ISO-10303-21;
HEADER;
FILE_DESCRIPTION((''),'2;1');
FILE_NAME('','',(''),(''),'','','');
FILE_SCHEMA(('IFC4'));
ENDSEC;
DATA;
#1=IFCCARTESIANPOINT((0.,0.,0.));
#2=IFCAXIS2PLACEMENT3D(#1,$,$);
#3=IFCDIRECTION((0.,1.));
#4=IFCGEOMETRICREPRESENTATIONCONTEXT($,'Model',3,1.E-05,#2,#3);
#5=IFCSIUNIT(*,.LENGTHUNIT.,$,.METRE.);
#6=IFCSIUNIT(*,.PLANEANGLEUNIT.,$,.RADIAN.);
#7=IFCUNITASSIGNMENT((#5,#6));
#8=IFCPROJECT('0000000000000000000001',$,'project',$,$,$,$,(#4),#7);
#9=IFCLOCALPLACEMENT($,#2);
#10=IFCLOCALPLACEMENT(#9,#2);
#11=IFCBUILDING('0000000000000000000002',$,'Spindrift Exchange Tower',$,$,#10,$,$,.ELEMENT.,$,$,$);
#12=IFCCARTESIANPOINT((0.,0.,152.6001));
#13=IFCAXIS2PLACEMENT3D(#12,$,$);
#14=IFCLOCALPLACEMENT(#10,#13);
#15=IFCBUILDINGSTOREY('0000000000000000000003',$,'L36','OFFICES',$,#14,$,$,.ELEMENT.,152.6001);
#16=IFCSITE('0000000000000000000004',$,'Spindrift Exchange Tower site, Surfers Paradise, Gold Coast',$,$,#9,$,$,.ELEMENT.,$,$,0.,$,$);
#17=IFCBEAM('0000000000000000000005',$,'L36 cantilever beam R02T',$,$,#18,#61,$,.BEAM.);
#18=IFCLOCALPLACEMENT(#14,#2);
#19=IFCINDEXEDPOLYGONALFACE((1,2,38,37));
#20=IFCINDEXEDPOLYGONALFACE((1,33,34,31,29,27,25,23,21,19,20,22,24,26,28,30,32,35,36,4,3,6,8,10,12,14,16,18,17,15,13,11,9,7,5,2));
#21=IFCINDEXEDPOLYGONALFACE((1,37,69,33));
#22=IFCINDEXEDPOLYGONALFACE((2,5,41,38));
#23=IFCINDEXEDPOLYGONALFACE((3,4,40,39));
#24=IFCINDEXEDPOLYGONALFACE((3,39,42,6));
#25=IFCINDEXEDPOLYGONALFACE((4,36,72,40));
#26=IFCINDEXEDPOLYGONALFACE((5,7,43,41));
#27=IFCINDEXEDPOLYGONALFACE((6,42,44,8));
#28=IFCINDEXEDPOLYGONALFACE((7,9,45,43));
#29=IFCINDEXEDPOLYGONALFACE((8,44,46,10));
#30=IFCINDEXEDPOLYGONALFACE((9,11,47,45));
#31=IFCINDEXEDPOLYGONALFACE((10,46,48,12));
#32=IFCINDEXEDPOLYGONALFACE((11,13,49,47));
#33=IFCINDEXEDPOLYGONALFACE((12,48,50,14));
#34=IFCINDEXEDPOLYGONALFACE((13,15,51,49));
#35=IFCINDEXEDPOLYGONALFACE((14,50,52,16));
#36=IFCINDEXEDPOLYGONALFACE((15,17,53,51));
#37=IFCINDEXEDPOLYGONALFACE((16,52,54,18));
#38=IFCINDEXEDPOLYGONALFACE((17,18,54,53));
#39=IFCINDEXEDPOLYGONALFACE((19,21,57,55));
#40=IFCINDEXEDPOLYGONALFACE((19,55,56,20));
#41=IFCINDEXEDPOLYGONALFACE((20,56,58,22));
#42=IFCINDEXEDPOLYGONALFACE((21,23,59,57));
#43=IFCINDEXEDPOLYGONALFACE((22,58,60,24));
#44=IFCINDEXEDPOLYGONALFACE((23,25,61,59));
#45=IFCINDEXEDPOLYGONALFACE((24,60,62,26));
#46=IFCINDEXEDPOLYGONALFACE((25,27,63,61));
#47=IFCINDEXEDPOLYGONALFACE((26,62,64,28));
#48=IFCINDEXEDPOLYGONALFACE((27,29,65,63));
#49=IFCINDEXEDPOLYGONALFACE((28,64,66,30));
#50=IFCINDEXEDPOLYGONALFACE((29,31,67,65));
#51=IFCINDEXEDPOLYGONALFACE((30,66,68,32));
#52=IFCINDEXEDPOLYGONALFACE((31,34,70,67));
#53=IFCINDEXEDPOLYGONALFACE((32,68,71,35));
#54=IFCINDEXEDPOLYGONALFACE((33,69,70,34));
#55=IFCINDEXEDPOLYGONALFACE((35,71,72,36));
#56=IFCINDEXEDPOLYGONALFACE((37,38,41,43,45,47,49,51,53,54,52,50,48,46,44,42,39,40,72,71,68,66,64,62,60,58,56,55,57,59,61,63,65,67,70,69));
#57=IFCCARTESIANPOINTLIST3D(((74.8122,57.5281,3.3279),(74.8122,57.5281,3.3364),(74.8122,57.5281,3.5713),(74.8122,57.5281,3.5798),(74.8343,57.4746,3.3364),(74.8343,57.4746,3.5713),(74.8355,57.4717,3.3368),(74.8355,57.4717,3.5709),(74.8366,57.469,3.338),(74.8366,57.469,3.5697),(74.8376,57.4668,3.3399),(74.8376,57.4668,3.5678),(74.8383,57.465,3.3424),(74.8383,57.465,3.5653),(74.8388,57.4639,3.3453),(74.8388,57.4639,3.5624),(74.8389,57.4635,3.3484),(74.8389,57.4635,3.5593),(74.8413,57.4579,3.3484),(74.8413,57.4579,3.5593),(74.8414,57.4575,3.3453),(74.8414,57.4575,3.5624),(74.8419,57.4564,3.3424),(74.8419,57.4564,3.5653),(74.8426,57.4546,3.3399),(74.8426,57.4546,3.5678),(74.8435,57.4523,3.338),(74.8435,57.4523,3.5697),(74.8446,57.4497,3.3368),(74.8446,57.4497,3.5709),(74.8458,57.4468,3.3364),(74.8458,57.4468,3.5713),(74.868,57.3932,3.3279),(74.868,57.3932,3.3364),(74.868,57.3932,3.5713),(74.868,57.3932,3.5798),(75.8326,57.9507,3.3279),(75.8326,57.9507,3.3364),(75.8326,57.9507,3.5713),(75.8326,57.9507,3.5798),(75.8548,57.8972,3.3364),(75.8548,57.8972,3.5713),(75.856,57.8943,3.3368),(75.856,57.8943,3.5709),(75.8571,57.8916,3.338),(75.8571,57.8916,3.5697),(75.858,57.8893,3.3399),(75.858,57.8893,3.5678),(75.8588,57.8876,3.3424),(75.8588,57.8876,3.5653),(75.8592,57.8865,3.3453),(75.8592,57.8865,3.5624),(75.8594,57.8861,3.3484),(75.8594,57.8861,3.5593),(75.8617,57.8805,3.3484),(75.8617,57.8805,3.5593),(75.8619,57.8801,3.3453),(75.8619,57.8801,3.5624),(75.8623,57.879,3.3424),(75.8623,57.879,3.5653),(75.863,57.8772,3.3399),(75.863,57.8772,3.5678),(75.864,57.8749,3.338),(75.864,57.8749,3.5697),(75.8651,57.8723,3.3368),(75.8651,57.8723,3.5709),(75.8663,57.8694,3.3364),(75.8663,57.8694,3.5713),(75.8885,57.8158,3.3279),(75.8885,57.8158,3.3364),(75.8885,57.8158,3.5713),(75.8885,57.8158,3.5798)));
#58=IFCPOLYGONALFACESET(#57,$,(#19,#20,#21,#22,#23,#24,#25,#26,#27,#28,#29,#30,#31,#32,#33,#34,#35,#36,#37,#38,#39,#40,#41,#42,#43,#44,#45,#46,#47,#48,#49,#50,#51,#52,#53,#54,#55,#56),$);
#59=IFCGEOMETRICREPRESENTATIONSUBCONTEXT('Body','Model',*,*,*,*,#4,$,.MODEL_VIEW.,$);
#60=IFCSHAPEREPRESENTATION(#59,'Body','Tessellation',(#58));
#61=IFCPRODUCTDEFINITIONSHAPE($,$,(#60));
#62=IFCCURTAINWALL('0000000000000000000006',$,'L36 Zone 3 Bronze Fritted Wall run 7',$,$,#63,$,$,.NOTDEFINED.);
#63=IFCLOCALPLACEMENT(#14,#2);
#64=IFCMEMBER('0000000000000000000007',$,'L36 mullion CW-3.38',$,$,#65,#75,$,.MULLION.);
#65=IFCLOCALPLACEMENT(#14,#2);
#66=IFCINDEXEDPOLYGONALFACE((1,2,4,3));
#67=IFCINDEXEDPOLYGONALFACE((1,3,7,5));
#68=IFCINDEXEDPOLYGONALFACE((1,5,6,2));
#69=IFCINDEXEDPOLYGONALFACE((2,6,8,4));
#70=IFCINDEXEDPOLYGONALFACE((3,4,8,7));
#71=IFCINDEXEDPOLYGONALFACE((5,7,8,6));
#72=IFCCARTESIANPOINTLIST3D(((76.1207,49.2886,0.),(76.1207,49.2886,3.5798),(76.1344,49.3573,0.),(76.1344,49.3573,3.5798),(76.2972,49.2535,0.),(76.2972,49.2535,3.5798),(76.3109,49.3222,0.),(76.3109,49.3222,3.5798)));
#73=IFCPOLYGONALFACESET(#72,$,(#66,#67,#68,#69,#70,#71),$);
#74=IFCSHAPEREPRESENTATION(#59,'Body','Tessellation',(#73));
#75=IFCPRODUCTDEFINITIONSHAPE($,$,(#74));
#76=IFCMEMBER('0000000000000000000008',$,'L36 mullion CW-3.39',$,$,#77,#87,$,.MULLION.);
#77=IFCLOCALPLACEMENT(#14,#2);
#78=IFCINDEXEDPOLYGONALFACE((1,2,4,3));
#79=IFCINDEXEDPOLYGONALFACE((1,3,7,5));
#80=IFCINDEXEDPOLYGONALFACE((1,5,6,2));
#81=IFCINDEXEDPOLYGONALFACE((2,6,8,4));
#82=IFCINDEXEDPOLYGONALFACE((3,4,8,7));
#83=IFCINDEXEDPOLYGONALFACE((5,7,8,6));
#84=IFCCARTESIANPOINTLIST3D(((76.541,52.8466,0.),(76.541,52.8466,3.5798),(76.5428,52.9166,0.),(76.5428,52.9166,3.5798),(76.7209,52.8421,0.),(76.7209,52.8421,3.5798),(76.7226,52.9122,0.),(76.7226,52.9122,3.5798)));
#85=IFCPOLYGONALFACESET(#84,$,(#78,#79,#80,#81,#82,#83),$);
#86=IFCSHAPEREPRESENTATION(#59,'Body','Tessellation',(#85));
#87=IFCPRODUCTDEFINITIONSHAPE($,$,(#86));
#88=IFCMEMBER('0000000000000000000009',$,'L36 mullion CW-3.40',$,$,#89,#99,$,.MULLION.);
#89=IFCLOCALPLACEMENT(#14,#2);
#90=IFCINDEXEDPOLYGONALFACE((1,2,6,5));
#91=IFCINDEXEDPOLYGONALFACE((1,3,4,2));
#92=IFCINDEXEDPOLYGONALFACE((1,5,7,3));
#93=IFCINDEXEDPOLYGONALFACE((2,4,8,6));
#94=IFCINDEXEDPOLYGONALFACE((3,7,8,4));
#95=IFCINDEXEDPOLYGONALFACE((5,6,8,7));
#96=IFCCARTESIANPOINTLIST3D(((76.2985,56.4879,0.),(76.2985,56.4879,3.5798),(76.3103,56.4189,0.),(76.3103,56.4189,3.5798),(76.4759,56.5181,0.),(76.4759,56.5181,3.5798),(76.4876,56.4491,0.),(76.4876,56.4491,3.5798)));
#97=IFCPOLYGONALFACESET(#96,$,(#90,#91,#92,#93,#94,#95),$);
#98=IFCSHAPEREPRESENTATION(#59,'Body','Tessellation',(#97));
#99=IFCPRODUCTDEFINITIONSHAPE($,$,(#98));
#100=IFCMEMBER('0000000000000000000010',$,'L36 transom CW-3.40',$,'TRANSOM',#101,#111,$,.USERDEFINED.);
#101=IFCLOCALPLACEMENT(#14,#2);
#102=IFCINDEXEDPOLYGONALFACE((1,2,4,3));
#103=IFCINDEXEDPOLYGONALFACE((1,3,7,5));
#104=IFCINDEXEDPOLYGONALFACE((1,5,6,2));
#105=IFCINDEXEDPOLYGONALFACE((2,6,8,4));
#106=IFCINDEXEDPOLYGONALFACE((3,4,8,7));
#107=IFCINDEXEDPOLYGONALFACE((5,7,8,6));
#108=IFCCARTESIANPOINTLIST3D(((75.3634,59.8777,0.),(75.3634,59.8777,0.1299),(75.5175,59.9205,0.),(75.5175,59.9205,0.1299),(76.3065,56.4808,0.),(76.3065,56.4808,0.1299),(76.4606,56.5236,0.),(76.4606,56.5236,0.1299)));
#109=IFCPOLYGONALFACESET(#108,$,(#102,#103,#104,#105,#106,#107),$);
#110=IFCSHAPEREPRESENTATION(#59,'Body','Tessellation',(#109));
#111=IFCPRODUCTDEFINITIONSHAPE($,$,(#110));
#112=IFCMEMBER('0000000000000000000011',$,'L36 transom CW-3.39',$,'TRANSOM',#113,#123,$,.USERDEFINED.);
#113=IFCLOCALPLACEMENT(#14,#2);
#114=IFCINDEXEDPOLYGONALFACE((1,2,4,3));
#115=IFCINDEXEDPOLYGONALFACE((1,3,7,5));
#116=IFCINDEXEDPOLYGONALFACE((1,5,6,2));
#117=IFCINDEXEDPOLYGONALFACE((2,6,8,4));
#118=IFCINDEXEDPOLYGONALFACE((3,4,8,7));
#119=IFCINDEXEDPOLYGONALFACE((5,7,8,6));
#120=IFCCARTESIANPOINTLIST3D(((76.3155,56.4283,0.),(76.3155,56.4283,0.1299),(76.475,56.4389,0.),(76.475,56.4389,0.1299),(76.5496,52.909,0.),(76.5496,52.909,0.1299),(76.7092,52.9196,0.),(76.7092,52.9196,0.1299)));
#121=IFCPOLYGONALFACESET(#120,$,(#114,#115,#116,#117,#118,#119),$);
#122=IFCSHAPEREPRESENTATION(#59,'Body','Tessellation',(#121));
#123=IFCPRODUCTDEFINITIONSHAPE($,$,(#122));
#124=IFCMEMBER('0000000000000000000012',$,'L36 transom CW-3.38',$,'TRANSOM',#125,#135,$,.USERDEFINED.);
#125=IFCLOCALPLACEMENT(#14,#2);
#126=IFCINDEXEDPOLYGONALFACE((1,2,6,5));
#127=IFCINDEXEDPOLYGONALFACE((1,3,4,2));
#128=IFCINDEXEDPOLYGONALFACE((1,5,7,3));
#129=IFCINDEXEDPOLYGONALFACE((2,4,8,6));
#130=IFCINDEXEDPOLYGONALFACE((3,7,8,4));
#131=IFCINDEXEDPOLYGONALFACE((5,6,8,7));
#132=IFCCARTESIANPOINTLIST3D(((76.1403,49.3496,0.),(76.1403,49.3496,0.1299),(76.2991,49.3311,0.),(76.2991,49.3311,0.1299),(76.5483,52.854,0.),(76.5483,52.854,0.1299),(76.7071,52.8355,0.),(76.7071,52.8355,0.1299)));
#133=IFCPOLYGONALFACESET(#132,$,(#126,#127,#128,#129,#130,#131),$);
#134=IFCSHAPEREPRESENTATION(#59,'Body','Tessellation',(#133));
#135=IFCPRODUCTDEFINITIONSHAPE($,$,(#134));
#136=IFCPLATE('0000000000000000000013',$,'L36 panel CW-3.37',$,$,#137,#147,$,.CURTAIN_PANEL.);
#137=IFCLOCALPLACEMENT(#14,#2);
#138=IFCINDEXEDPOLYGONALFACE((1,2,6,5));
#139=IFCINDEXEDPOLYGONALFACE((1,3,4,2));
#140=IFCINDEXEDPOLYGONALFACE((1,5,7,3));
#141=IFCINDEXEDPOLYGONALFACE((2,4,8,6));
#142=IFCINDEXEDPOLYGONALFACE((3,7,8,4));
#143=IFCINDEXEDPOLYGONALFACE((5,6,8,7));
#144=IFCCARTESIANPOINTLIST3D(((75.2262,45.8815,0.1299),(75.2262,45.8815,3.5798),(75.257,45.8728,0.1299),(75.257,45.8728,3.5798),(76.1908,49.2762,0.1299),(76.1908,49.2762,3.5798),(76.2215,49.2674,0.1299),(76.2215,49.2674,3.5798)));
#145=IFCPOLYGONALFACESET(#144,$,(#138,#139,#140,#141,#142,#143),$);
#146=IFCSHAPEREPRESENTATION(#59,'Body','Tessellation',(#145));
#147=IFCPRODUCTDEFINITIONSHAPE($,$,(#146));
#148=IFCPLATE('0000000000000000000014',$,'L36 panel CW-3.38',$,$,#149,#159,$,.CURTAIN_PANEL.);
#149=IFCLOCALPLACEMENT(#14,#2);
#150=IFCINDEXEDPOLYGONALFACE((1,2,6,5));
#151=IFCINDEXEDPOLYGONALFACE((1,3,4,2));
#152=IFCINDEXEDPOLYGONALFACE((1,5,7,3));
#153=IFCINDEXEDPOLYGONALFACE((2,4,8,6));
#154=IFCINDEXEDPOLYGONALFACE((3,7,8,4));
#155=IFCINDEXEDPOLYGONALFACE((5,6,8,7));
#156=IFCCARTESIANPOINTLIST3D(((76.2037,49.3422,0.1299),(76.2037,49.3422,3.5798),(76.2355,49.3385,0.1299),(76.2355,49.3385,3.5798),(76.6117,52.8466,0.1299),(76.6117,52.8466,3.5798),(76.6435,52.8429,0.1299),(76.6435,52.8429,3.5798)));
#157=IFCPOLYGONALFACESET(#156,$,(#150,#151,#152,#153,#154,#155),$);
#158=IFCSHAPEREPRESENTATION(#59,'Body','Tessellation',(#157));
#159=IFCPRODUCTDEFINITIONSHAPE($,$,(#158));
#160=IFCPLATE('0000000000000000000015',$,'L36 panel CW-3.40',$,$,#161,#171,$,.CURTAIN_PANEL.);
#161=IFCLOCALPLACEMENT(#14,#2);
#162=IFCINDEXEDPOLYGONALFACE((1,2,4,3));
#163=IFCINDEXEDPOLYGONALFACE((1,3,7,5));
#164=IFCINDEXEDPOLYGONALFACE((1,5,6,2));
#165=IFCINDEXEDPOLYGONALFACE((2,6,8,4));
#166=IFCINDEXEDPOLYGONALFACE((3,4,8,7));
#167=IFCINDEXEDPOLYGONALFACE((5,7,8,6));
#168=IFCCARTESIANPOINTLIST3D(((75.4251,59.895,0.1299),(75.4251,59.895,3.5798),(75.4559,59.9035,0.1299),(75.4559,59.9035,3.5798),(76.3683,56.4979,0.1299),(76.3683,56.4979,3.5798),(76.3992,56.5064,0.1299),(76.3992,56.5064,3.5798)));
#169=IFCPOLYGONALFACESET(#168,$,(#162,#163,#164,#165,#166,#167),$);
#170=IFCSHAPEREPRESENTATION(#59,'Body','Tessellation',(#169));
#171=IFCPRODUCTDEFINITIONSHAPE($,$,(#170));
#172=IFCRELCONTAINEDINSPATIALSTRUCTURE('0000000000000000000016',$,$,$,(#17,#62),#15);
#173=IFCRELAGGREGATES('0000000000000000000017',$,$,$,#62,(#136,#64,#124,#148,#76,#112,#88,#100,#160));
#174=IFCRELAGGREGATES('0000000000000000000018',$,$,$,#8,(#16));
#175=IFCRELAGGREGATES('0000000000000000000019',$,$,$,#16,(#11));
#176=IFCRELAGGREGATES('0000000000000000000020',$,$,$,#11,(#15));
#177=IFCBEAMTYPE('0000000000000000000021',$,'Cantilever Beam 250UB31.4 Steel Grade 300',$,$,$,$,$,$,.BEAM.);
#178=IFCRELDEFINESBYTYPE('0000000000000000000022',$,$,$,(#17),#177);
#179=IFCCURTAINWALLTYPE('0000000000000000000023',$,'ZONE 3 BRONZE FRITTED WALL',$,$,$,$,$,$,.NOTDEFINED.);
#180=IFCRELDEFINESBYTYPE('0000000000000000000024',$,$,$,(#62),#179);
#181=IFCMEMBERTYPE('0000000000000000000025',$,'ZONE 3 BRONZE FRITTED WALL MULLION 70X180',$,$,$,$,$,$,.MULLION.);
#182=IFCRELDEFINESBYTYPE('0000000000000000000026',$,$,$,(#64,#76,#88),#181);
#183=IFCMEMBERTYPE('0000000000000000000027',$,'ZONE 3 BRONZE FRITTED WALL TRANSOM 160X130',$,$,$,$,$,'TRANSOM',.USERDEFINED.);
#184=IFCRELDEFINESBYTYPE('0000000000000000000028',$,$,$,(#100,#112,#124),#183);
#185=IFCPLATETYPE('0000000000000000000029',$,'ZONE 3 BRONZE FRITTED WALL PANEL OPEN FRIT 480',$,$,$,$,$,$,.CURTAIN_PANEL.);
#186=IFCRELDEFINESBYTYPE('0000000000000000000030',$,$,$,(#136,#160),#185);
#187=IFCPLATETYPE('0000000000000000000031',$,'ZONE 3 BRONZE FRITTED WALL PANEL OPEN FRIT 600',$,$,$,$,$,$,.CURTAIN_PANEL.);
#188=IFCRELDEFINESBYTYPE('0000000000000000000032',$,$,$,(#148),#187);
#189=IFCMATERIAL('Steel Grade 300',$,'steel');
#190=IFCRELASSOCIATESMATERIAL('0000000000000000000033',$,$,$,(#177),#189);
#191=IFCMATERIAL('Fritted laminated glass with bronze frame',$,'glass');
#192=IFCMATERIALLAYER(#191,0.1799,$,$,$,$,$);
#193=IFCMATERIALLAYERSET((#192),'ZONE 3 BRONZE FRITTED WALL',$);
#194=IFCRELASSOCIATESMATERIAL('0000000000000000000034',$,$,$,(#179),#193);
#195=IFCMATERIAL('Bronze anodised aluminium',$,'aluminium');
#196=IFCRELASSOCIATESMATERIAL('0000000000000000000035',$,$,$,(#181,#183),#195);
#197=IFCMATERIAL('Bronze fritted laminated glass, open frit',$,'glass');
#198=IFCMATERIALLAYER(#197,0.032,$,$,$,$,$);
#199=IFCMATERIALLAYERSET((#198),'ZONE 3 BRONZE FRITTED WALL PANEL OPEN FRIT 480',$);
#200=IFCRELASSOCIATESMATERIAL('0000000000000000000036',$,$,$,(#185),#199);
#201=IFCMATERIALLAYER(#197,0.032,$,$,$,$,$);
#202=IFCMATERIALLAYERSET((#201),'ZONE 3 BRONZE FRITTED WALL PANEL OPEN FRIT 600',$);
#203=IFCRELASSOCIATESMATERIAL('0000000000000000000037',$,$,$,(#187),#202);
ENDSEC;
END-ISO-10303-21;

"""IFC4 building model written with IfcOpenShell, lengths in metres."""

from ifc_helpers import new_model, si_unit, direction, frame, origin, origin_2d, place, context, subcontext, project, spatial, rectangle, i_section, extrude, source, transform, mapped, material, layer, layer_set, material_profile, profile_set, type_object, element, aggregate, save


model = new_model("IFC4")

# Units and contexts
model_context = context("Model", 3, precision=1e-05, world=origin(), true_north=direction((0.0, 1.0)))
body_context = subcontext(model_context, "Body", "Model", "MODEL_VIEW")
ifc_project = project(units=[si_unit("LENGTHUNIT", "METRE"), si_unit("PLANEANGLEUNIT", "RADIAN")], contexts=[model_context])

# Site, building, storey
site_placement = place(None, origin())
site = spatial("IfcSite", under=ifc_project, at=site_placement, Name="Spindrift Exchange Tower site, Surfers Paradise, Gold Coast", CompositionType="ELEMENT", RefElevation=0.0)
building_placement = place(site_placement, origin())
building = spatial("IfcBuilding", under=site, at=building_placement, Name="Spindrift Exchange Tower", CompositionType="ELEMENT")
storey_placement = place(building_placement, frame((0.0, 0.0, 152.6001)))
storey = spatial("IfcBuildingStorey", under=building, at=storey_placement, Name="L36", Description="OFFICES", CompositionType="ELEMENT", Elevation=152.6001)

# Beam
ifc_material_1 = material(Name="Steel Grade 300", Category="steel")
ifc_material_profile_1 = material_profile(ifc_material_1, i_section(OverallWidth=0.146, OverallDepth=0.252, WebThickness=0.0061, FlangeThickness=0.0085, FilletRadius=0.012, at=origin_2d()), Name="250UB31.4")
ifc_profile_set_1 = profile_set([ifc_material_profile_1], Name="Steel Grade 300")
beam_type_1 = type_object("IfcBeamType", Name="Cantilever Beam 250UB31.4 Steel Grade 300", PredefinedType="BEAM", material=ifc_profile_set_1)
shared_shape_1 = source(origin(), body_context, "Body", "SweptSolid", [
    extrude(i_section(OverallWidth=0.146, OverallDepth=0.252, WebThickness=0.0061, FlangeThickness=0.0085, FilletRadius=0.012, at=origin_2d()), origin(), (0.0, 0.0, 1.0), 1.1045),
])
beam_1_placement = place(storey_placement, frame((74.8401, 57.4607, 3.4539), z_axis=(0.923912, 0.382606, 0.0), x_axis=(-0.382606, 0.923912, 0.0)))
element("IfcBeam", 1, at=beam_1_placement, inside=storey, type_object=beam_type_1, Name="L36 cantilever beam R02T", PredefinedType="BEAM", context=body_context, shape_type="MappedRepresentation", body=[
    mapped(shared_shape_1, transform((0.0, 0.0, 0.0), scale=1.0)),
])

# Curtain wall, members, plates
ifc_material_2 = material(Name="Fritted laminated glass with bronze frame", Category="glass")
ifc_layer_1 = layer(ifc_material_2, 0.1799)
ifc_layer_set_1 = layer_set([ifc_layer_1], Name="ZONE 3 BRONZE FRITTED WALL")
curtain_wall_type = type_object("IfcCurtainWallType", Name="ZONE 3 BRONZE FRITTED WALL", PredefinedType="NOTDEFINED", material=ifc_layer_set_1)
curtain_wall_placement = place(storey_placement, origin())
curtain_wall = element("IfcCurtainWall", 2, at=curtain_wall_placement, inside=storey, type_object=curtain_wall_type, Name="L36 Zone 3 Bronze Fritted Wall run 7", PredefinedType="NOTDEFINED")
ifc_material_3 = material(Name="Bronze anodised aluminium", Category="aluminium")
ifc_material_profile_2 = material_profile(ifc_material_3, rectangle(XDim=0.0701, YDim=0.1799, at=origin_2d()), Name="ZONE 3 BRONZE FRITTED WALL MULLION 70X180")
ifc_profile_set_2 = profile_set([ifc_material_profile_2], Name="Bronze anodised aluminium")
member_type_1 = type_object("IfcMemberType", Name="ZONE 3 BRONZE FRITTED WALL MULLION 70X180", PredefinedType="MULLION", material=ifc_profile_set_2)
shared_shape_2 = source(origin(), body_context, "Body", "SweptSolid", [
    extrude(rectangle(XDim=0.0701, YDim=0.1799, at=origin_2d()), origin(), (0.0, 0.0, 1.0), 3.5798),
])
member_1_placement = place(storey_placement, frame((76.2158, 49.3054, 0.0), z_axis=(0.0, 0.0, 1.0), x_axis=(0.195111, 0.980781, 0.0)))
member_1 = element("IfcMember", 3, at=member_1_placement, type_object=member_type_1, Name="L36 mullion CW-3.38", PredefinedType="MULLION", context=body_context, shape_type="MappedRepresentation", body=[
    mapped(shared_shape_2, transform((0.0, 0.0, 0.0), scale=1.0)),
])
member_2_placement = place(storey_placement, frame((76.6318, 52.8794, 0.0), z_axis=(0.0, 0.0, 1.0), x_axis=(0.024729, 0.999694, 0.0)))
member_2 = element("IfcMember", 4, at=member_2_placement, type_object=member_type_1, Name="L36 mullion CW-3.39", PredefinedType="MULLION", context=body_context, shape_type="MappedRepresentation", body=[
    mapped(shared_shape_2, transform((0.0, 0.0, 0.0), scale=1.0)),
])
member_3_placement = place(storey_placement, frame((76.3931, 56.4685, 0.0), z_axis=(0.0, 0.0, 1.0), x_axis=(-0.167846, 0.985813, 0.0)))
member_3 = element("IfcMember", 5, at=member_3_placement, type_object=member_type_1, Name="L36 mullion CW-3.40", PredefinedType="MULLION", context=body_context, shape_type="MappedRepresentation", body=[
    mapped(shared_shape_2, transform((0.0, 0.0, 0.0), scale=1.0)),
])
ifc_material_profile_3 = material_profile(ifc_material_3, rectangle(XDim=0.1599, YDim=0.1299, at=origin_2d()), Name="ZONE 3 BRONZE FRITTED WALL TRANSOM 160X130")
ifc_profile_set_3 = profile_set([ifc_material_profile_3], Name="Bronze anodised aluminium")
member_type_2 = type_object("IfcMemberType", Name="ZONE 3 BRONZE FRITTED WALL TRANSOM 160X130", ElementType="TRANSOM", PredefinedType="USERDEFINED", material=ifc_profile_set_3)
shared_shape_3 = source(origin(), body_context, "Body", "SweptSolid", [
    extrude(rectangle(XDim=0.1599, YDim=0.1299, at=origin_2d()), origin(), (0.0, 0.0, 1.0), 3.5254),
])
member_4_placement = place(storey_placement, frame((76.3835, 56.5022, 0.0649), z_axis=(-0.267515, 0.963554, 0.0), x_axis=(-0.963554, -0.267515, 0.0)))
member_4 = element("IfcMember", 6, at=member_4_placement, type_object=member_type_2, Name="L36 transom CW-3.40", ObjectType="TRANSOM", PredefinedType="USERDEFINED", context=body_context, shape_type="MappedRepresentation", body=[
    mapped(shared_shape_3, transform((0.0, 0.0, 0.0), scale=1.0)),
])
shared_shape_4 = source(origin(), body_context, "Body", "SweptSolid", [
    extrude(rectangle(XDim=0.1599, YDim=0.1299, at=origin_2d()), origin(), (0.0, 0.0, 1.0), 3.5271),
])
member_5_placement = place(storey_placement, frame((76.6294, 52.9143, 0.0649), z_axis=(-0.066381, 0.997794, 0.0), x_axis=(-0.997794, -0.066381, 0.0)))
member_5 = element("IfcMember", 7, at=member_5_placement, type_object=member_type_2, Name="L36 transom CW-3.39", ObjectType="TRANSOM", PredefinedType="USERDEFINED", context=body_context, shape_type="MappedRepresentation", body=[
    mapped(shared_shape_4, transform((0.0, 0.0, 0.0), scale=1.0)),
])
shared_shape_5 = source(origin(), body_context, "Body", "SweptSolid", [
    extrude(rectangle(XDim=0.1599, YDim=0.1299, at=origin_2d()), origin(), (0.0, 0.0, 1.0), 3.5281),
])
member_6_placement = place(storey_placement, frame((76.2197, 49.3403, 0.0649), z_axis=(0.115633, 0.993292, 0.0), x_axis=(-0.993292, 0.115633, 0.0)))
member_6 = element("IfcMember", 8, at=member_6_placement, type_object=member_type_2, Name="L36 transom CW-3.38", ObjectType="TRANSOM", PredefinedType="USERDEFINED", context=body_context, shape_type="MappedRepresentation", body=[
    mapped(shared_shape_5, transform((0.0, 0.0, 0.0), scale=1.0)),
])
ifc_material_4 = material(Name="Bronze fritted laminated glass, open frit", Category="glass")
ifc_layer_2 = layer(ifc_material_4, 0.032)
ifc_layer_set_2 = layer_set([ifc_layer_2], Name="ZONE 3 BRONZE FRITTED WALL PANEL OPEN FRIT 480")
plate_type_1 = type_object("IfcPlateType", Name="ZONE 3 BRONZE FRITTED WALL PANEL OPEN FRIT 480", PredefinedType="CURTAIN_PANEL", material=ifc_layer_set_2)
shared_shape_6 = source(origin(), body_context, "Body", "SweptSolid", [
    extrude(rectangle(XDim=3.5291, YDim=0.032, at=origin_2d()), origin(), (0.0, 0.0, 1.0), 3.45),
])
plate_1_placement = place(storey_placement, frame((75.7239, 47.5745, 0.1299), z_axis=(0.0, 0.0, 1.0), x_axis=(0.273315, 0.961925, 0.0)))
plate_1 = element("IfcPlate", 9, at=plate_1_placement, type_object=plate_type_1, Name="L36 panel CW-3.37", PredefinedType="CURTAIN_PANEL", context=body_context, shape_type="MappedRepresentation", body=[
    mapped(shared_shape_6, transform((0.0, 0.0, 0.0), scale=1.0)),
])
ifc_layer_3 = layer(ifc_material_4, 0.032)
ifc_layer_set_3 = layer_set([ifc_layer_3], Name="ZONE 3 BRONZE FRITTED WALL PANEL OPEN FRIT 600")
plate_type_2 = type_object("IfcPlateType", Name="ZONE 3 BRONZE FRITTED WALL PANEL OPEN FRIT 600", PredefinedType="CURTAIN_PANEL", material=ifc_layer_set_3)
shared_shape_7 = source(origin(), body_context, "Body", "SweptSolid", [
    extrude(rectangle(XDim=3.5281, YDim=0.032, at=origin_2d()), origin(), (0.0, 0.0, 1.0), 3.45),
])
plate_2_placement = place(storey_placement, frame((76.4236, 51.0925, 0.1299), z_axis=(0.0, 0.0, 1.0), x_axis=(0.115643, 0.993291, 0.0)))
plate_2 = element("IfcPlate", 10, at=plate_2_placement, type_object=plate_type_2, Name="L36 panel CW-3.38", PredefinedType="CURTAIN_PANEL", context=body_context, shape_type="MappedRepresentation", body=[
    mapped(shared_shape_7, transform((0.0, 0.0, 0.0), scale=1.0)),
])
shared_shape_8 = source(origin(), body_context, "Body", "SweptSolid", [
    extrude(rectangle(XDim=3.5256, YDim=0.032, at=origin_2d()), origin(), (0.0, 0.0, 1.0), 3.45),
])
plate_3_placement = place(storey_placement, frame((75.9121, 58.2007, 0.1299), z_axis=(0.0, 0.0, 1.0), x_axis=(-0.267551, 0.963544, 0.0)))
plate_3 = element("IfcPlate", 11, at=plate_3_placement, type_object=plate_type_1, Name="L36 panel CW-3.40", PredefinedType="CURTAIN_PANEL", context=body_context, shape_type="MappedRepresentation", body=[
    mapped(shared_shape_8, transform((0.0, 0.0, 0.0), scale=1.0)),
])
aggregate(curtain_wall, [plate_1, member_1, member_6, plate_2, member_2, member_5, member_3, member_4, plate_3])

save(model, "model.ifc")
